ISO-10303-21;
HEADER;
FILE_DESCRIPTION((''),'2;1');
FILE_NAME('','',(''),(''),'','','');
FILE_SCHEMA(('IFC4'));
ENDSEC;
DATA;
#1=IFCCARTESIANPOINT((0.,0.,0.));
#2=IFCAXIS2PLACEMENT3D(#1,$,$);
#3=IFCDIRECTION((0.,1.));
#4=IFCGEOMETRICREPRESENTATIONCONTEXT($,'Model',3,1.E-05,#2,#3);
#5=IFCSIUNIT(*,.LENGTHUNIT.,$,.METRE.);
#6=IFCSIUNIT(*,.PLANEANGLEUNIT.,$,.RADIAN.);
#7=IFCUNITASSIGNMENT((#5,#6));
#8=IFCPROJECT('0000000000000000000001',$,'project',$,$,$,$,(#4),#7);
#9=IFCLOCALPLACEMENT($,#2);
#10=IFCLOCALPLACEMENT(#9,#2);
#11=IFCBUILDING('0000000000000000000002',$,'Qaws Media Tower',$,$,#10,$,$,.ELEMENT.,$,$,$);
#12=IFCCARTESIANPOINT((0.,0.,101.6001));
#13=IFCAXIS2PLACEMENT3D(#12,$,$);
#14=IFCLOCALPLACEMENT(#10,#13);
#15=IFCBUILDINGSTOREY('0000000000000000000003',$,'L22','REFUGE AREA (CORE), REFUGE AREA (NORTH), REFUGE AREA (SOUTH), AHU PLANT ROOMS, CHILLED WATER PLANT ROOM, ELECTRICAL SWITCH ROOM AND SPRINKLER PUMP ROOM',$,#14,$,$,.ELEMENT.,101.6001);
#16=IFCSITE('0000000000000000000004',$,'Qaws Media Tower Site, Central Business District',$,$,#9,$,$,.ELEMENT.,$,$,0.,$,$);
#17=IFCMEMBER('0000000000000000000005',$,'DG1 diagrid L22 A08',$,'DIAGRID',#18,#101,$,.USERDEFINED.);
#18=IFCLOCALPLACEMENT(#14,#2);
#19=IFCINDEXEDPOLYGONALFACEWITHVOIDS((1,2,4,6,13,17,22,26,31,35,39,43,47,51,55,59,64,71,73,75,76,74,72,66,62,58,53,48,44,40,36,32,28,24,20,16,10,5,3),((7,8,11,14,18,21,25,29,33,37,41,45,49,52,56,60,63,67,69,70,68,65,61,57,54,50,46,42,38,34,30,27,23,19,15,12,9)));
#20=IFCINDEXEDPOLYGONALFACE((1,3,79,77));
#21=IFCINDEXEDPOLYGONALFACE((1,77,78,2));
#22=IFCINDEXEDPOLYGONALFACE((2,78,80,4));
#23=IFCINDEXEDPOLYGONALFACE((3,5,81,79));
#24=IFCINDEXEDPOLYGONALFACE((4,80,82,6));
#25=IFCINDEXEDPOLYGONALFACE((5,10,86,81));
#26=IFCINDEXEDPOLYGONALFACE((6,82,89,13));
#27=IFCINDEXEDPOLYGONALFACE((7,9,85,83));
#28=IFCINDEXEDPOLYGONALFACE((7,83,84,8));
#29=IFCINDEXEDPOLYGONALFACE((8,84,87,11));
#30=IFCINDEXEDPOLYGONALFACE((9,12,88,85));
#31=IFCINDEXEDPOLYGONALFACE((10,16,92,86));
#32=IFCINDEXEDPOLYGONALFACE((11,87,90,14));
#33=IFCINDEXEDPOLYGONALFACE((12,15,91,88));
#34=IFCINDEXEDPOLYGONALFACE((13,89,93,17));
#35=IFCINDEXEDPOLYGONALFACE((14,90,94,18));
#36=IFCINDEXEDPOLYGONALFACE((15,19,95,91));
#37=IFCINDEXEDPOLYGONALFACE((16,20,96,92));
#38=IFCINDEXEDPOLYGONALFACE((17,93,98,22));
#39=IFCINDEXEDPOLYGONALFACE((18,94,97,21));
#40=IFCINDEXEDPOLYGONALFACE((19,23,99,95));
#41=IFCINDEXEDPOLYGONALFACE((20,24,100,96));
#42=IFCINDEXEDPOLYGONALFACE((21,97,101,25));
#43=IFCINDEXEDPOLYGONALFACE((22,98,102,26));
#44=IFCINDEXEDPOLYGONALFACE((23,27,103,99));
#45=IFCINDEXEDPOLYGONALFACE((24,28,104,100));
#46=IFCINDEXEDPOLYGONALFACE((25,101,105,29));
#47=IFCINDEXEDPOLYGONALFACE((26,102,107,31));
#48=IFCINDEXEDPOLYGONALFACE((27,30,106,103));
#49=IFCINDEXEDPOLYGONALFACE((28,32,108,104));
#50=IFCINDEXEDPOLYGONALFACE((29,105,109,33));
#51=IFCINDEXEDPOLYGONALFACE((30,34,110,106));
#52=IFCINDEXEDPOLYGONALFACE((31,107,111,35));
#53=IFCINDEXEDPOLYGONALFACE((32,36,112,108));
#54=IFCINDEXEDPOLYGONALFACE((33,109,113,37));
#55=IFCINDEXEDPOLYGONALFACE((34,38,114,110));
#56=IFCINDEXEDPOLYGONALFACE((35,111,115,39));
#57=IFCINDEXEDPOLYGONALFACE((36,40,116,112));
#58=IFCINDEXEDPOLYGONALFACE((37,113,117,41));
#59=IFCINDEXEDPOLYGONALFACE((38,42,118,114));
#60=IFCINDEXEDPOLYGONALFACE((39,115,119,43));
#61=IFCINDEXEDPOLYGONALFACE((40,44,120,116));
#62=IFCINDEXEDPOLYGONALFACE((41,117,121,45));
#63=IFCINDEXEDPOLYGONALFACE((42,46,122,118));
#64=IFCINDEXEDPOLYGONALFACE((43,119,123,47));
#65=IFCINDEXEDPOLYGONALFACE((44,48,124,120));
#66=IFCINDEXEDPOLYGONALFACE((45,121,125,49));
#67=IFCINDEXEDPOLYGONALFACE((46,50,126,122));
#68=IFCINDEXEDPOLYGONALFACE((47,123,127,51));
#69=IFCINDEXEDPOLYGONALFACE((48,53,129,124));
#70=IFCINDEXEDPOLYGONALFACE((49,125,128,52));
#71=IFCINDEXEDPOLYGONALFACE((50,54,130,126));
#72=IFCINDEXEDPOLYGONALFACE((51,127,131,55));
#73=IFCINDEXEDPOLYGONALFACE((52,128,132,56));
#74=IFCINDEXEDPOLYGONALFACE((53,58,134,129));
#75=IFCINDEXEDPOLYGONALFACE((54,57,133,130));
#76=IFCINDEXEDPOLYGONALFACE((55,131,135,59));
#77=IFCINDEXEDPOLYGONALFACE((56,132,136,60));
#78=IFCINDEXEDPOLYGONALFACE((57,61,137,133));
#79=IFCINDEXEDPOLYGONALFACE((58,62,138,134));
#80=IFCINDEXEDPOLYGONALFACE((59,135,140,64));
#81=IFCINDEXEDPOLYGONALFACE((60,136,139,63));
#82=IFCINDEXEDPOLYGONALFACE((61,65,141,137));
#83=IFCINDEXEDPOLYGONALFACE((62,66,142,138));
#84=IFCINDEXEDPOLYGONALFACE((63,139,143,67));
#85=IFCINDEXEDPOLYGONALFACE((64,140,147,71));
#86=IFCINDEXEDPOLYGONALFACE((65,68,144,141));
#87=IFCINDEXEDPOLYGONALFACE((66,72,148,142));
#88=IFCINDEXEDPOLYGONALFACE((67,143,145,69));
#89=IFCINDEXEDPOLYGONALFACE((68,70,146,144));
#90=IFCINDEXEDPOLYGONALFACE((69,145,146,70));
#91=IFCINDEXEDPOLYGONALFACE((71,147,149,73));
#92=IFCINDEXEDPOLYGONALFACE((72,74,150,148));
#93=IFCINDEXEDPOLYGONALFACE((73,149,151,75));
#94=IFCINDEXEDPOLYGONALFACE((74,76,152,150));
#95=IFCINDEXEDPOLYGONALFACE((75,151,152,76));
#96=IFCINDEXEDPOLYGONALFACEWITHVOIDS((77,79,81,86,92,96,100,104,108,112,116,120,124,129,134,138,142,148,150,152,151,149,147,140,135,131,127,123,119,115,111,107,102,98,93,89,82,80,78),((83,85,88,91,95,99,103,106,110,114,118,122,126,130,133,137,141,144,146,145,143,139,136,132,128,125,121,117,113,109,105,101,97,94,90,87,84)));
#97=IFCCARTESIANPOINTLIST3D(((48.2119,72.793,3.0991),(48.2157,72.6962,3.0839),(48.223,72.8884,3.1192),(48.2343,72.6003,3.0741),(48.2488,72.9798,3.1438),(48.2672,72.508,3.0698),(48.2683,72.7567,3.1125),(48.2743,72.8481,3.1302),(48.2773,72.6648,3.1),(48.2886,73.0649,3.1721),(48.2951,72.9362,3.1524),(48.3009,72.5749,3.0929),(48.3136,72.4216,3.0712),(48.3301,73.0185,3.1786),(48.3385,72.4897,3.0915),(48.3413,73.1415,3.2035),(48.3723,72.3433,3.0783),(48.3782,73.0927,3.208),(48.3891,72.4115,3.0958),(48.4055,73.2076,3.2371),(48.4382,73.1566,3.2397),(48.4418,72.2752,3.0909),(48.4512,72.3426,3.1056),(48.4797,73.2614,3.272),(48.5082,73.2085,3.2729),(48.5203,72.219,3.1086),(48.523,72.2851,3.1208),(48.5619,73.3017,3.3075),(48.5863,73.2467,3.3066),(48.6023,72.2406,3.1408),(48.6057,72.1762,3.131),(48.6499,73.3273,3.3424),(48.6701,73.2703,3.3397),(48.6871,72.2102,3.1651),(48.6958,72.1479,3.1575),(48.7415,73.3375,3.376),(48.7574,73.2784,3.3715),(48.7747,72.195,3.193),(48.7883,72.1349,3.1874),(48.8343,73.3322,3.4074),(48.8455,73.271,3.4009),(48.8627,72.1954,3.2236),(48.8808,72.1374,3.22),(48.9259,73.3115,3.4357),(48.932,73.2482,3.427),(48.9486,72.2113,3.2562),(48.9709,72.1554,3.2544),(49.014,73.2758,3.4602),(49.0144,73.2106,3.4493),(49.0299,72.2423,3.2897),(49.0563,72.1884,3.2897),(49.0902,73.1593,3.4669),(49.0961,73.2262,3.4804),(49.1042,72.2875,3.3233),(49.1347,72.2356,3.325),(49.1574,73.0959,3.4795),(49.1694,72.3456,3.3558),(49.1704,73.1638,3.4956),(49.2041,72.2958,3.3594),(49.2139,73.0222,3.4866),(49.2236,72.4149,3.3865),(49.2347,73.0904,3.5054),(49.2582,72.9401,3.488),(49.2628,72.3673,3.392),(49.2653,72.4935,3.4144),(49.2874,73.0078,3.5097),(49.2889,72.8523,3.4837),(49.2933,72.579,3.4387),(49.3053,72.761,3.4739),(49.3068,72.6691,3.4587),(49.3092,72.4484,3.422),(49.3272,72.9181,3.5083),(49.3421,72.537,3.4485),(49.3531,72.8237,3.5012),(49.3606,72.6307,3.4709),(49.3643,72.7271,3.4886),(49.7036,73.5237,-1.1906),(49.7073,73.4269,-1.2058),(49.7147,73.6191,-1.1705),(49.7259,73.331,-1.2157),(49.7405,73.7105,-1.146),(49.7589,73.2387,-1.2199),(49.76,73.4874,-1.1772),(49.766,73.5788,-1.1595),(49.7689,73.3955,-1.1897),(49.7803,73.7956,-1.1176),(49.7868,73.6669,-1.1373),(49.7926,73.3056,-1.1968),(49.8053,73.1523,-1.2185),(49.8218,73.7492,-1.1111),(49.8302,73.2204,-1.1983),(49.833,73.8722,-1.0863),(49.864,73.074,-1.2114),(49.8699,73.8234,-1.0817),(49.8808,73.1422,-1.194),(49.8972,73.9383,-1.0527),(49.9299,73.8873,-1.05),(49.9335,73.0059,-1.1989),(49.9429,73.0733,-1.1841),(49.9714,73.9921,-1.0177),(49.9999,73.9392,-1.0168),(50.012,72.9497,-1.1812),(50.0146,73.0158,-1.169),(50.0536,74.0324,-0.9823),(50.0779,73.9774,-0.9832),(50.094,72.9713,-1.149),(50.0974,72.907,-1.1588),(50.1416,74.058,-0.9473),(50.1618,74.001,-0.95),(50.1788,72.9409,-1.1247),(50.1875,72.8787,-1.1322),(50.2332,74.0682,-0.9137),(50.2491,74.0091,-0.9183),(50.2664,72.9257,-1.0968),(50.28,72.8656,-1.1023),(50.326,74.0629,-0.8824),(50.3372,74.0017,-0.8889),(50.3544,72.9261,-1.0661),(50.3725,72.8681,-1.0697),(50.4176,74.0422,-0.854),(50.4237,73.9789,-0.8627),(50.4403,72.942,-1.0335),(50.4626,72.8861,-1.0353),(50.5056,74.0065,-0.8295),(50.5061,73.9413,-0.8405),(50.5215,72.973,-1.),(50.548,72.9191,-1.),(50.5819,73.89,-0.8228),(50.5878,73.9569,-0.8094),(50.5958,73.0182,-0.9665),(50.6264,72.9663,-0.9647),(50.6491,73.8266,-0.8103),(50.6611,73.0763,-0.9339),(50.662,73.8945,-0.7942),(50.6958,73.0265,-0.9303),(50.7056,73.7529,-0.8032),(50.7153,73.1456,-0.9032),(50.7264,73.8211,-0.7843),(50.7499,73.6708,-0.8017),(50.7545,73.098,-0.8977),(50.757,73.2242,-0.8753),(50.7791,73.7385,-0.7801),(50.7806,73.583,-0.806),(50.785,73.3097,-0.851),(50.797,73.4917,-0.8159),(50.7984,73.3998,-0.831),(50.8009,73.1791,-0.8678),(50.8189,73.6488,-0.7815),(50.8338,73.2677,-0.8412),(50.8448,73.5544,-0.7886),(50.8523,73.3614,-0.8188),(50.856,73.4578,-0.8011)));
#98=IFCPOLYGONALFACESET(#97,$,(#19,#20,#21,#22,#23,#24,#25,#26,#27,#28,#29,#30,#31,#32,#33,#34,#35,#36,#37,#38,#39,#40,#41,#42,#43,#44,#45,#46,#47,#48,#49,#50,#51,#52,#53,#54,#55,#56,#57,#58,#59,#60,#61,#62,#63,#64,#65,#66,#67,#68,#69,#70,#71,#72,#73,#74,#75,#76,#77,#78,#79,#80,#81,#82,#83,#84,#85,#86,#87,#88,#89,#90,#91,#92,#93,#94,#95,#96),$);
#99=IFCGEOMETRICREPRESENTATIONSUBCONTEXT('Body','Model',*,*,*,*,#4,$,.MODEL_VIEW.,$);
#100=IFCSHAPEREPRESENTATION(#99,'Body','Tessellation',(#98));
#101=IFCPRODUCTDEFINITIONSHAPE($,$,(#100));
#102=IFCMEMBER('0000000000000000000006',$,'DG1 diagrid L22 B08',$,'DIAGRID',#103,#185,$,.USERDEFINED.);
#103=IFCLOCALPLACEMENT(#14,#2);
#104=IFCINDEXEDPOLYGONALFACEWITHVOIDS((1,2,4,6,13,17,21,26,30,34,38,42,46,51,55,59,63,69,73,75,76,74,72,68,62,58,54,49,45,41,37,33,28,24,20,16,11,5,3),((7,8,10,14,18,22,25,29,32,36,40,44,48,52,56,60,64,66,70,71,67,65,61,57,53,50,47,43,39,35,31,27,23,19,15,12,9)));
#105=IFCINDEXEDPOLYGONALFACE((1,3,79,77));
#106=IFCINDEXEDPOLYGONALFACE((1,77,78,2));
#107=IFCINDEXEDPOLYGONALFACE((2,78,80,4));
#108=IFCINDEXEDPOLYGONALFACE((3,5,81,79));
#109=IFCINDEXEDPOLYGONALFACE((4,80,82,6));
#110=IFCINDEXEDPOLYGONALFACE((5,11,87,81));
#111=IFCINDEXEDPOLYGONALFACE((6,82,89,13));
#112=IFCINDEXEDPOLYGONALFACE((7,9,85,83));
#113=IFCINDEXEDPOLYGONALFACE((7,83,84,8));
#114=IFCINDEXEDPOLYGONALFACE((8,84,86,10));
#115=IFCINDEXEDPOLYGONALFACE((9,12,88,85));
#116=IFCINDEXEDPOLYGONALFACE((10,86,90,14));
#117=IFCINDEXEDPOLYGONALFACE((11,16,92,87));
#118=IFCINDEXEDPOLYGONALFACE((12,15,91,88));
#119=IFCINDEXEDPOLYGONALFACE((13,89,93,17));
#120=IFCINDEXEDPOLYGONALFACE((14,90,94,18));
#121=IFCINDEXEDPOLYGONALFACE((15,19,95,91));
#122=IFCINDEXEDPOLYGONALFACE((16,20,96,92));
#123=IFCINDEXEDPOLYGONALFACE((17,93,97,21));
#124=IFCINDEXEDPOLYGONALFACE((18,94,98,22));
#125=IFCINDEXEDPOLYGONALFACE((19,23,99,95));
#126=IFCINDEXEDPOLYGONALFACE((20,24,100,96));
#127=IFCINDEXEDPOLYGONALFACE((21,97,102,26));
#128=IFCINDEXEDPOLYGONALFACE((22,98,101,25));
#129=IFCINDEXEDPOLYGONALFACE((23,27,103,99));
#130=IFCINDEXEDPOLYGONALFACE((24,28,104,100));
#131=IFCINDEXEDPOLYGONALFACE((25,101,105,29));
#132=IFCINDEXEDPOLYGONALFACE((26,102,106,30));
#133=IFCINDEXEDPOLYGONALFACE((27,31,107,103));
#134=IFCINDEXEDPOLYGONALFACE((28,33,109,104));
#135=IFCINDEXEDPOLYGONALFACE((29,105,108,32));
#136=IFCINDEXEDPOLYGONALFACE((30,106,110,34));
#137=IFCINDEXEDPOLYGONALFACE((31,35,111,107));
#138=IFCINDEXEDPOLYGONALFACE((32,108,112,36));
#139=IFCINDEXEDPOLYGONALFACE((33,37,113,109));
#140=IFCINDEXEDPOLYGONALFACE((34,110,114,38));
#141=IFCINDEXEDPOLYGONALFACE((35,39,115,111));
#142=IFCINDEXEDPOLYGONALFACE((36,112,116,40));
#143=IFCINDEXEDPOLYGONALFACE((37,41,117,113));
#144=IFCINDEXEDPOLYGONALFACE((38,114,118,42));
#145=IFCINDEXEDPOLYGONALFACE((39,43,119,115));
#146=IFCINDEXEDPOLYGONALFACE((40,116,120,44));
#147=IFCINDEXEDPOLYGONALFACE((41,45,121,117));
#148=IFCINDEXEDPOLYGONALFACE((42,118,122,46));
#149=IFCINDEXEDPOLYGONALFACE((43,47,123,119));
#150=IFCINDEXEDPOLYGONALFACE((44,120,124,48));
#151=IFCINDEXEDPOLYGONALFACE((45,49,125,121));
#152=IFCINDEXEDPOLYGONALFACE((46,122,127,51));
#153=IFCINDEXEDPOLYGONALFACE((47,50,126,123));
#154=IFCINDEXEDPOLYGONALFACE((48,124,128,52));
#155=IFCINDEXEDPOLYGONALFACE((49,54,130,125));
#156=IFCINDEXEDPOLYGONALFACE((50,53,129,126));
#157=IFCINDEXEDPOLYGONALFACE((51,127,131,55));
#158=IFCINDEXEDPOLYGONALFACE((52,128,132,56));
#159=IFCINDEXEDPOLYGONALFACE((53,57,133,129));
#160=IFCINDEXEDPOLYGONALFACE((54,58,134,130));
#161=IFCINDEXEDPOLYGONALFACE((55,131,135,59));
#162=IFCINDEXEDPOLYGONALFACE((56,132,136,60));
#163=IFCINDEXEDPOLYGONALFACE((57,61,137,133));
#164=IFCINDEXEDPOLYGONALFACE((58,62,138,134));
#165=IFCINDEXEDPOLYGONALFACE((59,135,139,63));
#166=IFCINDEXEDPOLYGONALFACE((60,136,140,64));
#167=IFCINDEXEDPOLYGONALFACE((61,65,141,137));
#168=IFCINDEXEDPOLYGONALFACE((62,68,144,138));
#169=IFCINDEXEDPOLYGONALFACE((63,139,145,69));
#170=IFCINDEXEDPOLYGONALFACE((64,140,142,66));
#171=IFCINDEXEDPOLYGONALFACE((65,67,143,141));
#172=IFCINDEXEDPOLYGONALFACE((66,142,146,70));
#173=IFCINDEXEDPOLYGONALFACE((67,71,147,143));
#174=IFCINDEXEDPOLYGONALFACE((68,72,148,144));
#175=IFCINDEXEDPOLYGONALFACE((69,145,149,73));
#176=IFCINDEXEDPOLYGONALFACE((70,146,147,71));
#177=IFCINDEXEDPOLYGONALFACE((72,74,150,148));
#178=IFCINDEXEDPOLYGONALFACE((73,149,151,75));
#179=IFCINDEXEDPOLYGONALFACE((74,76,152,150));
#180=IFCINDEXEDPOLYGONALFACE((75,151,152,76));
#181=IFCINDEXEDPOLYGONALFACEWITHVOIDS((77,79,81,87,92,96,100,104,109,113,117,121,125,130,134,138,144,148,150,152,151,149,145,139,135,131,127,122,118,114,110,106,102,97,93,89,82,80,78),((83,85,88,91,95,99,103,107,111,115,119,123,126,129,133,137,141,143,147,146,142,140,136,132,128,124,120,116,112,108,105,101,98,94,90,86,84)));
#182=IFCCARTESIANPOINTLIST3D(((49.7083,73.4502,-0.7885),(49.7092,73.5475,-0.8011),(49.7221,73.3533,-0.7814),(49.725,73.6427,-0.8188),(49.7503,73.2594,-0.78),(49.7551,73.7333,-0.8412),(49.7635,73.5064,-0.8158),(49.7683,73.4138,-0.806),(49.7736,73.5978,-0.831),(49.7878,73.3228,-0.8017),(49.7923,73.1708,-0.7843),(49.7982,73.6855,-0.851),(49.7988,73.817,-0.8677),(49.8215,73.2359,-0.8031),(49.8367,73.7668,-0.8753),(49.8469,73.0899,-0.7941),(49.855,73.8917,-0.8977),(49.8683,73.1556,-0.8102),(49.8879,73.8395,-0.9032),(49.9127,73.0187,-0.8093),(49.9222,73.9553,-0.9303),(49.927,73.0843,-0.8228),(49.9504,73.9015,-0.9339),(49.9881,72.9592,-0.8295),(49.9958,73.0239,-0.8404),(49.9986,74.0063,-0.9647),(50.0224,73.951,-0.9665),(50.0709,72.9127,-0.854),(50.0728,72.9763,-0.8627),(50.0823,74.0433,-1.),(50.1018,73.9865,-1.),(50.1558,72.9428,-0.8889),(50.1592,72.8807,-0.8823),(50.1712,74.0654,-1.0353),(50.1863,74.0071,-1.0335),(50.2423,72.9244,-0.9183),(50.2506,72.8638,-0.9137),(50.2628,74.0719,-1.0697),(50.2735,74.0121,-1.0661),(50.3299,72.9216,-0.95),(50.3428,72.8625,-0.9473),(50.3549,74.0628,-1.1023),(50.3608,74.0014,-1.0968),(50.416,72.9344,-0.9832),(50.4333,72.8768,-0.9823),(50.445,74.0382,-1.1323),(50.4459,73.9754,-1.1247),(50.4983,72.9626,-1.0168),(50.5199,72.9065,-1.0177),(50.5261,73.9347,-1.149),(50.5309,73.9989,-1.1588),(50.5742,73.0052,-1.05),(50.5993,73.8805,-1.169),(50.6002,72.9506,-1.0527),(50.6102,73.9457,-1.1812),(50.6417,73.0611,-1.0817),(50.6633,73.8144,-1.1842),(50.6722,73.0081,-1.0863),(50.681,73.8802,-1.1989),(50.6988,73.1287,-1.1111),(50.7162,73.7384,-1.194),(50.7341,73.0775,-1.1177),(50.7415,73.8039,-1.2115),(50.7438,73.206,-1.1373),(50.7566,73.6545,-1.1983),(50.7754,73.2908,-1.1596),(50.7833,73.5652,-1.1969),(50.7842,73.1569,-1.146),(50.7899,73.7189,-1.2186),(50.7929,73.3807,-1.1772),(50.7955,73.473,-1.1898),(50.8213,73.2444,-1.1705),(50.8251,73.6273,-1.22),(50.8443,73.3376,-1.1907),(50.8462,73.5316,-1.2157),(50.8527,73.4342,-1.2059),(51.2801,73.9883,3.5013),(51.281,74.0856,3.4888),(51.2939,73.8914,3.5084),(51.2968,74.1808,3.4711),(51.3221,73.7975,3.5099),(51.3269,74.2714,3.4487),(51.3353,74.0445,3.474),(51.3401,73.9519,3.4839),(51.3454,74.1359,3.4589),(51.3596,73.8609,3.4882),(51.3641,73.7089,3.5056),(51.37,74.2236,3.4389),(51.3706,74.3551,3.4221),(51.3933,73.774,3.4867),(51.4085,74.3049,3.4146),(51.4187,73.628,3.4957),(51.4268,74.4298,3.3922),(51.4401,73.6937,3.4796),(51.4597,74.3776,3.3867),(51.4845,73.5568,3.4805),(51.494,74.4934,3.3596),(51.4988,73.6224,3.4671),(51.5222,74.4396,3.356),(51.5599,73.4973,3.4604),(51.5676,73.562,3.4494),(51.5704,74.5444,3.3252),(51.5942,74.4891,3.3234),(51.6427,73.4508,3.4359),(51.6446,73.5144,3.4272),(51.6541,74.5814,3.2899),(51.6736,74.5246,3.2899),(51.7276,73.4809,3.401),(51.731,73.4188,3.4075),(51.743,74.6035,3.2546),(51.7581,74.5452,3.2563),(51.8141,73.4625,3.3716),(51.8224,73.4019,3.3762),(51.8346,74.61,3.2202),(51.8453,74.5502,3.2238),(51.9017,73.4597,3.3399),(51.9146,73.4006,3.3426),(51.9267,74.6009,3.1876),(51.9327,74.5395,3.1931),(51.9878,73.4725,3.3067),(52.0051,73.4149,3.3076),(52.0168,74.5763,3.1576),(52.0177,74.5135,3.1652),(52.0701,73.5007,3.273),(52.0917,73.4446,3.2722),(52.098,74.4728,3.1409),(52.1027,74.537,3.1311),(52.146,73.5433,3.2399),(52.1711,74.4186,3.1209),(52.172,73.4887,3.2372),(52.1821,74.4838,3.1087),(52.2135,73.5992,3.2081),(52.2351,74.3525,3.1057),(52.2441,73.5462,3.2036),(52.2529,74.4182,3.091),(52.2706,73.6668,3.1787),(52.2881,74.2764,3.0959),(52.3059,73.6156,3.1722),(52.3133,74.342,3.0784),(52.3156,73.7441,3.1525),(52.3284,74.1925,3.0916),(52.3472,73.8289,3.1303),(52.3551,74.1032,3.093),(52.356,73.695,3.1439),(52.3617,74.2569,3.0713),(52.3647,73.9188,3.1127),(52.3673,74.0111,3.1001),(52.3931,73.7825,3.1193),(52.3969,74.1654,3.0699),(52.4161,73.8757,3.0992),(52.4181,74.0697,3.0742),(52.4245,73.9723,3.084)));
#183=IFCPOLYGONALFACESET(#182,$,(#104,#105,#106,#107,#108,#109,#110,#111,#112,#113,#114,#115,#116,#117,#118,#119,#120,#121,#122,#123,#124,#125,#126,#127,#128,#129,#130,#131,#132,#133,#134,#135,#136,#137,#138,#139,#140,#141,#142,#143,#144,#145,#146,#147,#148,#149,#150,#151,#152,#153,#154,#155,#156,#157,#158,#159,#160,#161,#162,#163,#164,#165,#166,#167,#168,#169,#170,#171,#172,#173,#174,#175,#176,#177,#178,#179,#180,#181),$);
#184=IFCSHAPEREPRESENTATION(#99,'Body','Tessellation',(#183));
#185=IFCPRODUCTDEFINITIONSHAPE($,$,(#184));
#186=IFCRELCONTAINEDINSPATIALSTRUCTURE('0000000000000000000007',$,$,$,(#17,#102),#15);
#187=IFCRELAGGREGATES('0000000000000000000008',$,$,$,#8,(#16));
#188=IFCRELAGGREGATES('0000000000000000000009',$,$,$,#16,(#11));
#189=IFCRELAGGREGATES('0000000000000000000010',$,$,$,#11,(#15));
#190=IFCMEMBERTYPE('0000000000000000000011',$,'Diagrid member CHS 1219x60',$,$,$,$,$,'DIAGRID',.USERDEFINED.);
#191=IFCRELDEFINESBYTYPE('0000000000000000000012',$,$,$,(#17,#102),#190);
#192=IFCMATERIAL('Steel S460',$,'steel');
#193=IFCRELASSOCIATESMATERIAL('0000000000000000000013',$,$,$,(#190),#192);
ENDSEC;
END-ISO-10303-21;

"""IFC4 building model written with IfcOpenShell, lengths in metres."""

from ifc_helpers import new_model, si_unit, direction, frame, origin, origin_2d, place, context, subcontext, project, spatial, hollow_circle, extrude, material, material_profile, profile_set, type_object, element, save


model = new_model("IFC4")

# Units and contexts
model_context = context("Model", 3, precision=1e-05, world=origin(), true_north=direction((0.0, 1.0)))
body_context = subcontext(model_context, "Body", "Model", "MODEL_VIEW")
ifc_project = project(units=[si_unit("LENGTHUNIT", "METRE"), si_unit("PLANEANGLEUNIT", "RADIAN")], contexts=[model_context])

# Site, building, storey
site_placement = place(None, origin())
site = spatial("IfcSite", under=ifc_project, at=site_placement, Name="Qaws Media Tower Site, Central Business District", CompositionType="ELEMENT", RefElevation=0.0)
building_placement = place(site_placement, origin())
building = spatial("IfcBuilding", under=site, at=building_placement, Name="Qaws Media Tower", CompositionType="ELEMENT")
storey_placement = place(building_placement, frame((0.0, 0.0, 101.6001)))
storey = spatial("IfcBuildingStorey", under=building, at=storey_placement, Name="L22", Description="REFUGE AREA (CORE), REFUGE AREA (NORTH), REFUGE AREA (SOUTH), AHU PLANT ROOMS, CHILLED WATER PLANT ROOM, ELECTRICAL SWITCH ROOM AND SPRINKLER PUMP ROOM", CompositionType="ELEMENT", Elevation=101.6001)

# Members
ifc_material_1 = material(Name="Steel S460", Category="steel")
ifc_material_profile_1 = material_profile(ifc_material_1, hollow_circle(Radius=0.6096, WallThickness=0.0601, at=origin_2d()), Name="CHS 1219x60")
ifc_profile_set_1 = profile_set([ifc_material_profile_1], Name="Steel S460")
member_type_1 = type_object("IfcMemberType", Name="Diagrid member CHS 1219x60", ElementType="DIAGRID", PredefinedType="USERDEFINED", material=ifc_profile_set_1)
member_1_placement = place(storey_placement, frame((50.2798, 73.4666, -1.0), z_axis=(-0.324271, -0.158845, 0.932532), x_axis=(0.439909, -0.898043, 0.0)))
element("IfcMember", 1, at=member_1_placement, inside=storey, type_object=member_type_1, Name="DG1 diagrid L22 A08", ObjectType="DIAGRID", PredefinedType="USERDEFINED", context=body_context, shape_type="SweptSolid", body=[
    extrude(hollow_circle(Radius=0.6096, WallThickness=0.0601, at=origin_2d()), origin(), (0.0, 0.0, 1.0), 4.6001),
])
member_2_placement = place(storey_placement, frame((50.2798, 73.4666, -1.0), z_axis=(0.341672, 0.116969, 0.932512), x_axis=(-0.323888, 0.946095, 0.0)))
element("IfcMember", 2, at=member_2_placement, inside=storey, type_object=member_type_1, Name="DG1 diagrid L22 B08", ObjectType="DIAGRID", PredefinedType="USERDEFINED", context=body_context, shape_type="SweptSolid", body=[
    extrude(hollow_circle(Radius=0.6096, WallThickness=0.0601, at=origin_2d()), origin(), (0.0, 0.0, 1.0), 4.6003),
])

save(model, "model.ifc")
